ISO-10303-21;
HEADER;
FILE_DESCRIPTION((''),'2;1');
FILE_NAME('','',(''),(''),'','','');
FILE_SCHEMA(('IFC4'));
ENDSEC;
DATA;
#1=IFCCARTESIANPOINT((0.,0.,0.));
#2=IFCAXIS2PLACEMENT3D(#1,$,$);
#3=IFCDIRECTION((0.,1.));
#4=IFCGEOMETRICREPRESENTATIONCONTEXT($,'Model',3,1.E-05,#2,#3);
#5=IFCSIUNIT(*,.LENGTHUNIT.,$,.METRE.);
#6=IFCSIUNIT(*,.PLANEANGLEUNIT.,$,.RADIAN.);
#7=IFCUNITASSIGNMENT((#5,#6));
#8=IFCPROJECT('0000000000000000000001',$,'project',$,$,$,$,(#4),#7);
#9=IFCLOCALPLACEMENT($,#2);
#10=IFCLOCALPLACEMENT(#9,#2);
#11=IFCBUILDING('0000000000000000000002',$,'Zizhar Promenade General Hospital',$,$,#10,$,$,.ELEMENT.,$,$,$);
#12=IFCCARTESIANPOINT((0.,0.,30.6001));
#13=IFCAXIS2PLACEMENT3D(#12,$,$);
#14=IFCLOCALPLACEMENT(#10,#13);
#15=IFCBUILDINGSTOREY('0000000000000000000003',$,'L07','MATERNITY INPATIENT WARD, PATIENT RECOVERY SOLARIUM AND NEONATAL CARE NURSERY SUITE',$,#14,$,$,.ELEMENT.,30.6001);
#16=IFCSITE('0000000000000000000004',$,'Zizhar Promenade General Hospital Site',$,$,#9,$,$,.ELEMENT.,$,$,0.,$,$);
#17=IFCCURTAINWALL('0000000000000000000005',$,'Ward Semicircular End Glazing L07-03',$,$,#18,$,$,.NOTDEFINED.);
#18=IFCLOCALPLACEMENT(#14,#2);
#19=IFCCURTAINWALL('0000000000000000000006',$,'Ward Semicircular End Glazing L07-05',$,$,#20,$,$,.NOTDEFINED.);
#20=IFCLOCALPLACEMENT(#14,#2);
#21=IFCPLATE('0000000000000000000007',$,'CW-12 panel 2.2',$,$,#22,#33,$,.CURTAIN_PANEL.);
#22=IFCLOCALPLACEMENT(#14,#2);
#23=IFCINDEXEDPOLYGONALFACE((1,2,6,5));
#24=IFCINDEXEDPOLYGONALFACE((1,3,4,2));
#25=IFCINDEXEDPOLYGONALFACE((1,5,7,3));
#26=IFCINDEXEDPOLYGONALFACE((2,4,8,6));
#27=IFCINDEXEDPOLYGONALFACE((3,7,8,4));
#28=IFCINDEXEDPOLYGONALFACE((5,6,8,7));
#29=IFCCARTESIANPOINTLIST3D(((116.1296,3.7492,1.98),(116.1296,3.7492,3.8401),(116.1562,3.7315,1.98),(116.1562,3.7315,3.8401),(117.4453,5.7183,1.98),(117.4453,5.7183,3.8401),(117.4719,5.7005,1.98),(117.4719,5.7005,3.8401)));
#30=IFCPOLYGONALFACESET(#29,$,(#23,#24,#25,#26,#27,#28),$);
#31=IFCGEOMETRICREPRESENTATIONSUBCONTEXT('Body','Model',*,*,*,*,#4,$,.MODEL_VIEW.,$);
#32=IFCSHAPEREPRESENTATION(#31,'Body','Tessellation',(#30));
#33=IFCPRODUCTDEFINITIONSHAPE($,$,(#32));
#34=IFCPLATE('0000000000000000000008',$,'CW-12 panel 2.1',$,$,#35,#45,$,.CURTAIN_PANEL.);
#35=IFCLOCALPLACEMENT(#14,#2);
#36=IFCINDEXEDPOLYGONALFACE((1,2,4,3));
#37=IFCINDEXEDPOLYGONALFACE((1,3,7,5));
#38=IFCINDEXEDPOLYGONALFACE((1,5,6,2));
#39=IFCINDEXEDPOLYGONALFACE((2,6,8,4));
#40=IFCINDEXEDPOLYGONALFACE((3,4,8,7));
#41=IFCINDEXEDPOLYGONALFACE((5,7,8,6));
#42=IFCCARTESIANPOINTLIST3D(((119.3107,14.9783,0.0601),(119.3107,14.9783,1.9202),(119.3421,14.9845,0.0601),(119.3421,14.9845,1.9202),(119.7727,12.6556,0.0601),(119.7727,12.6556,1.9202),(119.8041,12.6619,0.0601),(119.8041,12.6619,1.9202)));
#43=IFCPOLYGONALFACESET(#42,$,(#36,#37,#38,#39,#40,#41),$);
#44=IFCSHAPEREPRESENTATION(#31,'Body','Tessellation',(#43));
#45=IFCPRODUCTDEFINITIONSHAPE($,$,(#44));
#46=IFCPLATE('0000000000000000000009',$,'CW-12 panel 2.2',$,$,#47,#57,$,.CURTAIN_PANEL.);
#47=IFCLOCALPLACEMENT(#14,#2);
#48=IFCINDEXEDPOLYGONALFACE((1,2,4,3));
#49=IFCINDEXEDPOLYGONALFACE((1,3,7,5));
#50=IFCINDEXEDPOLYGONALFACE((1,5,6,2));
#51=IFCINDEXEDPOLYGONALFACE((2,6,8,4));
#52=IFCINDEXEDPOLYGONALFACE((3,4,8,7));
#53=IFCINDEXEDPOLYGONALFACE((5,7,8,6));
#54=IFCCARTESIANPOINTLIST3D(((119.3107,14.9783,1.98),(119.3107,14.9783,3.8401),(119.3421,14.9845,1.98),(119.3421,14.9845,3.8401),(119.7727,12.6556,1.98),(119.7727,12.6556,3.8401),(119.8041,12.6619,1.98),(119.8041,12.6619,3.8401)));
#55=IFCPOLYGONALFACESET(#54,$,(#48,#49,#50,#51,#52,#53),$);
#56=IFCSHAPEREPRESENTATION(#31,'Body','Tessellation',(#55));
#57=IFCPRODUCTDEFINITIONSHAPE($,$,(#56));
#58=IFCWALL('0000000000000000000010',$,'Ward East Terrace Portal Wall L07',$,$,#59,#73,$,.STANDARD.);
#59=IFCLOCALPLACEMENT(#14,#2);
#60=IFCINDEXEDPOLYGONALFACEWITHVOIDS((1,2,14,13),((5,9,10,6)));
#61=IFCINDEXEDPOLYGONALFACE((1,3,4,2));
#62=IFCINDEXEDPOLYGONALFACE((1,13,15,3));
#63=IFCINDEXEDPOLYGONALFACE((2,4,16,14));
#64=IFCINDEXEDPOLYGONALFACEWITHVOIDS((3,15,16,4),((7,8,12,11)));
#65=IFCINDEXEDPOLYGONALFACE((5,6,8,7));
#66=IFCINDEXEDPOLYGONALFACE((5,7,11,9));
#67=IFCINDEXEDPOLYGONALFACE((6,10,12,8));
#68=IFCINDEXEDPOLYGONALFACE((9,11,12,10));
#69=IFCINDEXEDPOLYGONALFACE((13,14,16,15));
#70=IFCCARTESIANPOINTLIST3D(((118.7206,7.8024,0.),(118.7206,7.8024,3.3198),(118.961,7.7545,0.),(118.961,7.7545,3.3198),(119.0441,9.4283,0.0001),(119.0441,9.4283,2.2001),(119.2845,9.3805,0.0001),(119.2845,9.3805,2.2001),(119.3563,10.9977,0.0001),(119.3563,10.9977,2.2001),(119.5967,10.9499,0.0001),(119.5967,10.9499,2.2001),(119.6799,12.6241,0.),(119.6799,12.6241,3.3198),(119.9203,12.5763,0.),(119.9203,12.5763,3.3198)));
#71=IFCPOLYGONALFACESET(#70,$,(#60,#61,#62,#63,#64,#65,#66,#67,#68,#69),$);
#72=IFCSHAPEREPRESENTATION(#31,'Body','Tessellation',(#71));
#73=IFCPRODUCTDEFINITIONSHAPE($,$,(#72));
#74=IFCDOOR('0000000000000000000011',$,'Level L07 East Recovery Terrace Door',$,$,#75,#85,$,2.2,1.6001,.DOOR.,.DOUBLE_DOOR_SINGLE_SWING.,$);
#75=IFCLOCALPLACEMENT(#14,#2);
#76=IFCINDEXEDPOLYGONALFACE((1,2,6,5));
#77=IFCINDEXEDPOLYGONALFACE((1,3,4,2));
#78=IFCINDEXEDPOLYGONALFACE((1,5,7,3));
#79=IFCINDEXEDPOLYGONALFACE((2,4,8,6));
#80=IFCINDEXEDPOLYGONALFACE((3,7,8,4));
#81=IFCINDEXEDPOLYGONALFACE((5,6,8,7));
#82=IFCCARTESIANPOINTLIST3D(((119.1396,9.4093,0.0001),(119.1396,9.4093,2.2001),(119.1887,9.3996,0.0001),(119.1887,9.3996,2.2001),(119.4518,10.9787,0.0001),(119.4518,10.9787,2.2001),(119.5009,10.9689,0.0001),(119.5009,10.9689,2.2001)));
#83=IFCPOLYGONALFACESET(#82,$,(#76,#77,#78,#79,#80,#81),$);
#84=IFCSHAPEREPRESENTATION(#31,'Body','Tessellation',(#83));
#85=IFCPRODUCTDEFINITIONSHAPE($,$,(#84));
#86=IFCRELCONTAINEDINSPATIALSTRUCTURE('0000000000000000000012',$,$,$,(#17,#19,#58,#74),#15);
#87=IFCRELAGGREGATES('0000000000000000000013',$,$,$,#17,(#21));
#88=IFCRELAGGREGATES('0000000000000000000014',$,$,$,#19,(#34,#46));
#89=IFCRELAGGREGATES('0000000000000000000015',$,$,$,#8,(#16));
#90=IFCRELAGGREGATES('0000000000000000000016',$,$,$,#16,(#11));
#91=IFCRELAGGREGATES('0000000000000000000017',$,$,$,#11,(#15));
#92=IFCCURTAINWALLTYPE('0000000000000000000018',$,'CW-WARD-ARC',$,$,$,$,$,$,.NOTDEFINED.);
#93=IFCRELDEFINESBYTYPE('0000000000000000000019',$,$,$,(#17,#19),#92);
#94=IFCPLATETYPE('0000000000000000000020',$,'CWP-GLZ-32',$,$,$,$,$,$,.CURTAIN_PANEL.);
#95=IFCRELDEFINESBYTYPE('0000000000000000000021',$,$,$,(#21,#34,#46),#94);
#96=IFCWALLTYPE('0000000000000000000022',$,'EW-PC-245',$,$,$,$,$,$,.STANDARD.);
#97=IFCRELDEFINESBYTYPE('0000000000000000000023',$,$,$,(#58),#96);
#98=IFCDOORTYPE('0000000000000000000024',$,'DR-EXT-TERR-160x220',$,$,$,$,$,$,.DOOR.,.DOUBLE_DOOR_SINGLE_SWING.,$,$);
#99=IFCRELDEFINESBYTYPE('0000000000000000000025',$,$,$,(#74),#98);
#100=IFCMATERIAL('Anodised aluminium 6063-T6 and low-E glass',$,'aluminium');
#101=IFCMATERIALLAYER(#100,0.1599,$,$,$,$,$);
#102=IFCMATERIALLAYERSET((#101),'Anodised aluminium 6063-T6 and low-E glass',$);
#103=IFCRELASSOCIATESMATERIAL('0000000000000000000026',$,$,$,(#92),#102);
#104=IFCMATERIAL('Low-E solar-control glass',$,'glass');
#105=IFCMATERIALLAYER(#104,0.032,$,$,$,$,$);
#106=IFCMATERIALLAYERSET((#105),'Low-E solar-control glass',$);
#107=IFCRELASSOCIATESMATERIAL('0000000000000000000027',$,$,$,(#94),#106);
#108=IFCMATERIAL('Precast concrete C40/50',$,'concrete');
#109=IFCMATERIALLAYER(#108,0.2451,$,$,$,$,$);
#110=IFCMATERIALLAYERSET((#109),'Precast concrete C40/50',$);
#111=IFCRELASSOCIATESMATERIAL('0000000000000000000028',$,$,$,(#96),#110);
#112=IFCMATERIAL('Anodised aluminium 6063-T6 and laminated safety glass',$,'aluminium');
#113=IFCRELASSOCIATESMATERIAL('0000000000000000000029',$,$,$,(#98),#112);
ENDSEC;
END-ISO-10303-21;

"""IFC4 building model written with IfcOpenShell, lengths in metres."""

from ifc_helpers import new_model, si_unit, direction, frame, frame_2d, origin, origin_2d, place, context, subcontext, project, spatial, rectangle, extrude, material, layer, layer_set, type_object, element, fill, aggregate, save


model = new_model("IFC4")

# Units and contexts
model_context = context("Model", 3, precision=1e-05, world=origin(), true_north=direction((0.0, 1.0)))
body_context = subcontext(model_context, "Body", "Model", "MODEL_VIEW")
ifc_project = project(units=[si_unit("LENGTHUNIT", "METRE"), si_unit("PLANEANGLEUNIT", "RADIAN")], contexts=[model_context])

# Site, building, storey
site_placement = place(None, origin())
site = spatial("IfcSite", under=ifc_project, at=site_placement, Name="Zizhar Promenade General Hospital Site", CompositionType="ELEMENT", RefElevation=0.0)
building_placement = place(site_placement, origin())
building = spatial("IfcBuilding", under=site, at=building_placement, Name="Zizhar Promenade General Hospital", CompositionType="ELEMENT")
storey_placement = place(building_placement, frame((0.0, 0.0, 30.6001)))
storey = spatial("IfcBuildingStorey", under=building, at=storey_placement, Name="L07", Description="MATERNITY INPATIENT WARD, PATIENT RECOVERY SOLARIUM AND NEONATAL CARE NURSERY SUITE", CompositionType="ELEMENT", Elevation=30.6001)

# Curtain wall
ifc_material_1 = material(Name="Anodised aluminium 6063-T6 and low-E glass", Category="aluminium")
ifc_layer_1 = layer(ifc_material_1, 0.1599)
ifc_layer_set_1 = layer_set([ifc_layer_1], Name="Anodised aluminium 6063-T6 and low-E glass")
curtain_wall_type = type_object("IfcCurtainWallType", Name="CW-WARD-ARC", PredefinedType="NOTDEFINED", material=ifc_layer_set_1)
curtain_wall_1_placement = place(storey_placement, origin())
curtain_wall_1 = element("IfcCurtainWall", 1, at=curtain_wall_1_placement, inside=storey, type_object=curtain_wall_type, Name="Ward Semicircular End Glazing L07-03", PredefinedType="NOTDEFINED")

# Curtain wall
curtain_wall_2_placement = place(storey_placement, origin())
curtain_wall_2 = element("IfcCurtainWall", 2, at=curtain_wall_2_placement, inside=storey, type_object=curtain_wall_type, Name="Ward Semicircular End Glazing L07-05", PredefinedType="NOTDEFINED")

# Plates
ifc_material_2 = material(Name="Low-E solar-control glass", Category="glass")
ifc_layer_2 = layer(ifc_material_2, 0.032)
ifc_layer_set_2 = layer_set([ifc_layer_2], Name="Low-E solar-control glass")
plate_type = type_object("IfcPlateType", Name="CWP-GLZ-32", PredefinedType="CURTAIN_PANEL", material=ifc_layer_set_2)
plate_1_placement = place(storey_placement, frame((116.8008, 4.7249, 1.98), z_axis=(0.0, 0.0, 1.0), x_axis=(-0.555582, -0.831462, 0.0)))
plate_1 = element("IfcPlate", 3, at=plate_1_placement, type_object=plate_type, Name="CW-12 panel 2.2", PredefinedType="CURTAIN_PANEL", context=body_context, shape_type="SweptSolid", body=[
    extrude(rectangle(XDim=2.3682, YDim=0.032, at=origin_2d()), origin(), (0.0, 0.0, 1.0), 1.8601),
])
aggregate(curtain_wall_1, [plate_1])
plate_2_placement = place(storey_placement, frame((119.5574, 13.8201, 0.0601), z_axis=(0.0, 0.0, 1.0), x_axis=(0.195087, -0.980786, 0.0)))
plate_2 = element("IfcPlate", 4, at=plate_2_placement, type_object=plate_type, Name="CW-12 panel 2.1", PredefinedType="CURTAIN_PANEL", context=body_context, shape_type="SweptSolid", body=[
    extrude(rectangle(XDim=2.3682, YDim=0.032, at=origin_2d()), origin(), (0.0, 0.0, 1.0), 1.8601),
])
plate_3_placement = place(storey_placement, frame((119.5574, 13.8201, 1.98), z_axis=(0.0, 0.0, 1.0), x_axis=(0.195087, -0.980786, 0.0)))
plate_3 = element("IfcPlate", 5, at=plate_3_placement, type_object=plate_type, Name="CW-12 panel 2.2", PredefinedType="CURTAIN_PANEL", context=body_context, shape_type="SweptSolid", body=[
    extrude(rectangle(XDim=2.3682, YDim=0.032, at=origin_2d()), origin(), (0.0, 0.0, 1.0), 1.8601),
])
aggregate(curtain_wall_2, [plate_2, plate_3])

# Wall, opening, door
ifc_material_3 = material(Name="Precast concrete C40/50", Category="concrete")
ifc_layer_3 = layer(ifc_material_3, 0.2451)
ifc_layer_set_3 = layer_set([ifc_layer_3], Name="Precast concrete C40/50")
wall_type = type_object("IfcWallType", Name="EW-PC-245", PredefinedType="STANDARD", material=ifc_layer_set_3)
wall_placement = place(storey_placement, frame((119.8, 12.6001, 0.0), z_axis=(0.0, 0.0, 1.0), x_axis=(-0.195113, -0.980781, 0.0)))
wall = element("IfcWall", 6, at=wall_placement, inside=storey, type_object=wall_type, Name="Ward East Terrace Portal Wall L07", PredefinedType="STANDARD", context=body_context, shape_type="SweptSolid", body=[
    extrude(rectangle(XDim=4.9163, YDim=0.2451, at=frame_2d((2.458, 0.0))), origin(), (0.0, 0.0, 1.0), 3.3198),
])
opening_placement = place(wall_placement, frame((1.6582, 0.0, 0.0)))
opening = element("IfcOpeningElement", 7, at=opening_placement, cuts=wall, PredefinedType="OPENING", context=body_context, shape_type="SweptSolid", body=[
    extrude(rectangle(XDim=1.6001, YDim=2.2, at=frame_2d((0.8, 1.1001))), frame((0.0, 0.1326, 0.0), z_axis=(0.0, -1.0, 0.0), x_axis=(1.0, 0.0, 0.0)), (0.0, 0.0, 1.0), 0.2651),
])
ifc_material_4 = material(Name="Anodised aluminium 6063-T6 and laminated safety glass", Category="aluminium")
door_type = type_object("IfcDoorType", Name="DR-EXT-TERR-160x220", OperationType="DOUBLE_DOOR_SINGLE_SWING", PredefinedType="DOOR", material=ifc_material_4)
door_placement = place(opening_placement, origin())
door = element("IfcDoor", 8, at=door_placement, inside=storey, type_object=door_type, Name="Level L07 East Recovery Terrace Door", OperationType="DOUBLE_DOOR_SINGLE_SWING", OverallHeight=2.2, OverallWidth=1.6001, PredefinedType="DOOR", context=body_context, shape_type="SweptSolid", body=[
    extrude(rectangle(XDim=1.6001, YDim=2.2, at=frame_2d((0.8, 1.1001))), frame((0.0, 0.0249, 0.0), z_axis=(0.0, -1.0, 0.0), x_axis=(1.0, 0.0, 0.0)), (0.0, 0.0, 1.0), 0.05),
])
fill(opening, door)

save(model, "model.ifc")
